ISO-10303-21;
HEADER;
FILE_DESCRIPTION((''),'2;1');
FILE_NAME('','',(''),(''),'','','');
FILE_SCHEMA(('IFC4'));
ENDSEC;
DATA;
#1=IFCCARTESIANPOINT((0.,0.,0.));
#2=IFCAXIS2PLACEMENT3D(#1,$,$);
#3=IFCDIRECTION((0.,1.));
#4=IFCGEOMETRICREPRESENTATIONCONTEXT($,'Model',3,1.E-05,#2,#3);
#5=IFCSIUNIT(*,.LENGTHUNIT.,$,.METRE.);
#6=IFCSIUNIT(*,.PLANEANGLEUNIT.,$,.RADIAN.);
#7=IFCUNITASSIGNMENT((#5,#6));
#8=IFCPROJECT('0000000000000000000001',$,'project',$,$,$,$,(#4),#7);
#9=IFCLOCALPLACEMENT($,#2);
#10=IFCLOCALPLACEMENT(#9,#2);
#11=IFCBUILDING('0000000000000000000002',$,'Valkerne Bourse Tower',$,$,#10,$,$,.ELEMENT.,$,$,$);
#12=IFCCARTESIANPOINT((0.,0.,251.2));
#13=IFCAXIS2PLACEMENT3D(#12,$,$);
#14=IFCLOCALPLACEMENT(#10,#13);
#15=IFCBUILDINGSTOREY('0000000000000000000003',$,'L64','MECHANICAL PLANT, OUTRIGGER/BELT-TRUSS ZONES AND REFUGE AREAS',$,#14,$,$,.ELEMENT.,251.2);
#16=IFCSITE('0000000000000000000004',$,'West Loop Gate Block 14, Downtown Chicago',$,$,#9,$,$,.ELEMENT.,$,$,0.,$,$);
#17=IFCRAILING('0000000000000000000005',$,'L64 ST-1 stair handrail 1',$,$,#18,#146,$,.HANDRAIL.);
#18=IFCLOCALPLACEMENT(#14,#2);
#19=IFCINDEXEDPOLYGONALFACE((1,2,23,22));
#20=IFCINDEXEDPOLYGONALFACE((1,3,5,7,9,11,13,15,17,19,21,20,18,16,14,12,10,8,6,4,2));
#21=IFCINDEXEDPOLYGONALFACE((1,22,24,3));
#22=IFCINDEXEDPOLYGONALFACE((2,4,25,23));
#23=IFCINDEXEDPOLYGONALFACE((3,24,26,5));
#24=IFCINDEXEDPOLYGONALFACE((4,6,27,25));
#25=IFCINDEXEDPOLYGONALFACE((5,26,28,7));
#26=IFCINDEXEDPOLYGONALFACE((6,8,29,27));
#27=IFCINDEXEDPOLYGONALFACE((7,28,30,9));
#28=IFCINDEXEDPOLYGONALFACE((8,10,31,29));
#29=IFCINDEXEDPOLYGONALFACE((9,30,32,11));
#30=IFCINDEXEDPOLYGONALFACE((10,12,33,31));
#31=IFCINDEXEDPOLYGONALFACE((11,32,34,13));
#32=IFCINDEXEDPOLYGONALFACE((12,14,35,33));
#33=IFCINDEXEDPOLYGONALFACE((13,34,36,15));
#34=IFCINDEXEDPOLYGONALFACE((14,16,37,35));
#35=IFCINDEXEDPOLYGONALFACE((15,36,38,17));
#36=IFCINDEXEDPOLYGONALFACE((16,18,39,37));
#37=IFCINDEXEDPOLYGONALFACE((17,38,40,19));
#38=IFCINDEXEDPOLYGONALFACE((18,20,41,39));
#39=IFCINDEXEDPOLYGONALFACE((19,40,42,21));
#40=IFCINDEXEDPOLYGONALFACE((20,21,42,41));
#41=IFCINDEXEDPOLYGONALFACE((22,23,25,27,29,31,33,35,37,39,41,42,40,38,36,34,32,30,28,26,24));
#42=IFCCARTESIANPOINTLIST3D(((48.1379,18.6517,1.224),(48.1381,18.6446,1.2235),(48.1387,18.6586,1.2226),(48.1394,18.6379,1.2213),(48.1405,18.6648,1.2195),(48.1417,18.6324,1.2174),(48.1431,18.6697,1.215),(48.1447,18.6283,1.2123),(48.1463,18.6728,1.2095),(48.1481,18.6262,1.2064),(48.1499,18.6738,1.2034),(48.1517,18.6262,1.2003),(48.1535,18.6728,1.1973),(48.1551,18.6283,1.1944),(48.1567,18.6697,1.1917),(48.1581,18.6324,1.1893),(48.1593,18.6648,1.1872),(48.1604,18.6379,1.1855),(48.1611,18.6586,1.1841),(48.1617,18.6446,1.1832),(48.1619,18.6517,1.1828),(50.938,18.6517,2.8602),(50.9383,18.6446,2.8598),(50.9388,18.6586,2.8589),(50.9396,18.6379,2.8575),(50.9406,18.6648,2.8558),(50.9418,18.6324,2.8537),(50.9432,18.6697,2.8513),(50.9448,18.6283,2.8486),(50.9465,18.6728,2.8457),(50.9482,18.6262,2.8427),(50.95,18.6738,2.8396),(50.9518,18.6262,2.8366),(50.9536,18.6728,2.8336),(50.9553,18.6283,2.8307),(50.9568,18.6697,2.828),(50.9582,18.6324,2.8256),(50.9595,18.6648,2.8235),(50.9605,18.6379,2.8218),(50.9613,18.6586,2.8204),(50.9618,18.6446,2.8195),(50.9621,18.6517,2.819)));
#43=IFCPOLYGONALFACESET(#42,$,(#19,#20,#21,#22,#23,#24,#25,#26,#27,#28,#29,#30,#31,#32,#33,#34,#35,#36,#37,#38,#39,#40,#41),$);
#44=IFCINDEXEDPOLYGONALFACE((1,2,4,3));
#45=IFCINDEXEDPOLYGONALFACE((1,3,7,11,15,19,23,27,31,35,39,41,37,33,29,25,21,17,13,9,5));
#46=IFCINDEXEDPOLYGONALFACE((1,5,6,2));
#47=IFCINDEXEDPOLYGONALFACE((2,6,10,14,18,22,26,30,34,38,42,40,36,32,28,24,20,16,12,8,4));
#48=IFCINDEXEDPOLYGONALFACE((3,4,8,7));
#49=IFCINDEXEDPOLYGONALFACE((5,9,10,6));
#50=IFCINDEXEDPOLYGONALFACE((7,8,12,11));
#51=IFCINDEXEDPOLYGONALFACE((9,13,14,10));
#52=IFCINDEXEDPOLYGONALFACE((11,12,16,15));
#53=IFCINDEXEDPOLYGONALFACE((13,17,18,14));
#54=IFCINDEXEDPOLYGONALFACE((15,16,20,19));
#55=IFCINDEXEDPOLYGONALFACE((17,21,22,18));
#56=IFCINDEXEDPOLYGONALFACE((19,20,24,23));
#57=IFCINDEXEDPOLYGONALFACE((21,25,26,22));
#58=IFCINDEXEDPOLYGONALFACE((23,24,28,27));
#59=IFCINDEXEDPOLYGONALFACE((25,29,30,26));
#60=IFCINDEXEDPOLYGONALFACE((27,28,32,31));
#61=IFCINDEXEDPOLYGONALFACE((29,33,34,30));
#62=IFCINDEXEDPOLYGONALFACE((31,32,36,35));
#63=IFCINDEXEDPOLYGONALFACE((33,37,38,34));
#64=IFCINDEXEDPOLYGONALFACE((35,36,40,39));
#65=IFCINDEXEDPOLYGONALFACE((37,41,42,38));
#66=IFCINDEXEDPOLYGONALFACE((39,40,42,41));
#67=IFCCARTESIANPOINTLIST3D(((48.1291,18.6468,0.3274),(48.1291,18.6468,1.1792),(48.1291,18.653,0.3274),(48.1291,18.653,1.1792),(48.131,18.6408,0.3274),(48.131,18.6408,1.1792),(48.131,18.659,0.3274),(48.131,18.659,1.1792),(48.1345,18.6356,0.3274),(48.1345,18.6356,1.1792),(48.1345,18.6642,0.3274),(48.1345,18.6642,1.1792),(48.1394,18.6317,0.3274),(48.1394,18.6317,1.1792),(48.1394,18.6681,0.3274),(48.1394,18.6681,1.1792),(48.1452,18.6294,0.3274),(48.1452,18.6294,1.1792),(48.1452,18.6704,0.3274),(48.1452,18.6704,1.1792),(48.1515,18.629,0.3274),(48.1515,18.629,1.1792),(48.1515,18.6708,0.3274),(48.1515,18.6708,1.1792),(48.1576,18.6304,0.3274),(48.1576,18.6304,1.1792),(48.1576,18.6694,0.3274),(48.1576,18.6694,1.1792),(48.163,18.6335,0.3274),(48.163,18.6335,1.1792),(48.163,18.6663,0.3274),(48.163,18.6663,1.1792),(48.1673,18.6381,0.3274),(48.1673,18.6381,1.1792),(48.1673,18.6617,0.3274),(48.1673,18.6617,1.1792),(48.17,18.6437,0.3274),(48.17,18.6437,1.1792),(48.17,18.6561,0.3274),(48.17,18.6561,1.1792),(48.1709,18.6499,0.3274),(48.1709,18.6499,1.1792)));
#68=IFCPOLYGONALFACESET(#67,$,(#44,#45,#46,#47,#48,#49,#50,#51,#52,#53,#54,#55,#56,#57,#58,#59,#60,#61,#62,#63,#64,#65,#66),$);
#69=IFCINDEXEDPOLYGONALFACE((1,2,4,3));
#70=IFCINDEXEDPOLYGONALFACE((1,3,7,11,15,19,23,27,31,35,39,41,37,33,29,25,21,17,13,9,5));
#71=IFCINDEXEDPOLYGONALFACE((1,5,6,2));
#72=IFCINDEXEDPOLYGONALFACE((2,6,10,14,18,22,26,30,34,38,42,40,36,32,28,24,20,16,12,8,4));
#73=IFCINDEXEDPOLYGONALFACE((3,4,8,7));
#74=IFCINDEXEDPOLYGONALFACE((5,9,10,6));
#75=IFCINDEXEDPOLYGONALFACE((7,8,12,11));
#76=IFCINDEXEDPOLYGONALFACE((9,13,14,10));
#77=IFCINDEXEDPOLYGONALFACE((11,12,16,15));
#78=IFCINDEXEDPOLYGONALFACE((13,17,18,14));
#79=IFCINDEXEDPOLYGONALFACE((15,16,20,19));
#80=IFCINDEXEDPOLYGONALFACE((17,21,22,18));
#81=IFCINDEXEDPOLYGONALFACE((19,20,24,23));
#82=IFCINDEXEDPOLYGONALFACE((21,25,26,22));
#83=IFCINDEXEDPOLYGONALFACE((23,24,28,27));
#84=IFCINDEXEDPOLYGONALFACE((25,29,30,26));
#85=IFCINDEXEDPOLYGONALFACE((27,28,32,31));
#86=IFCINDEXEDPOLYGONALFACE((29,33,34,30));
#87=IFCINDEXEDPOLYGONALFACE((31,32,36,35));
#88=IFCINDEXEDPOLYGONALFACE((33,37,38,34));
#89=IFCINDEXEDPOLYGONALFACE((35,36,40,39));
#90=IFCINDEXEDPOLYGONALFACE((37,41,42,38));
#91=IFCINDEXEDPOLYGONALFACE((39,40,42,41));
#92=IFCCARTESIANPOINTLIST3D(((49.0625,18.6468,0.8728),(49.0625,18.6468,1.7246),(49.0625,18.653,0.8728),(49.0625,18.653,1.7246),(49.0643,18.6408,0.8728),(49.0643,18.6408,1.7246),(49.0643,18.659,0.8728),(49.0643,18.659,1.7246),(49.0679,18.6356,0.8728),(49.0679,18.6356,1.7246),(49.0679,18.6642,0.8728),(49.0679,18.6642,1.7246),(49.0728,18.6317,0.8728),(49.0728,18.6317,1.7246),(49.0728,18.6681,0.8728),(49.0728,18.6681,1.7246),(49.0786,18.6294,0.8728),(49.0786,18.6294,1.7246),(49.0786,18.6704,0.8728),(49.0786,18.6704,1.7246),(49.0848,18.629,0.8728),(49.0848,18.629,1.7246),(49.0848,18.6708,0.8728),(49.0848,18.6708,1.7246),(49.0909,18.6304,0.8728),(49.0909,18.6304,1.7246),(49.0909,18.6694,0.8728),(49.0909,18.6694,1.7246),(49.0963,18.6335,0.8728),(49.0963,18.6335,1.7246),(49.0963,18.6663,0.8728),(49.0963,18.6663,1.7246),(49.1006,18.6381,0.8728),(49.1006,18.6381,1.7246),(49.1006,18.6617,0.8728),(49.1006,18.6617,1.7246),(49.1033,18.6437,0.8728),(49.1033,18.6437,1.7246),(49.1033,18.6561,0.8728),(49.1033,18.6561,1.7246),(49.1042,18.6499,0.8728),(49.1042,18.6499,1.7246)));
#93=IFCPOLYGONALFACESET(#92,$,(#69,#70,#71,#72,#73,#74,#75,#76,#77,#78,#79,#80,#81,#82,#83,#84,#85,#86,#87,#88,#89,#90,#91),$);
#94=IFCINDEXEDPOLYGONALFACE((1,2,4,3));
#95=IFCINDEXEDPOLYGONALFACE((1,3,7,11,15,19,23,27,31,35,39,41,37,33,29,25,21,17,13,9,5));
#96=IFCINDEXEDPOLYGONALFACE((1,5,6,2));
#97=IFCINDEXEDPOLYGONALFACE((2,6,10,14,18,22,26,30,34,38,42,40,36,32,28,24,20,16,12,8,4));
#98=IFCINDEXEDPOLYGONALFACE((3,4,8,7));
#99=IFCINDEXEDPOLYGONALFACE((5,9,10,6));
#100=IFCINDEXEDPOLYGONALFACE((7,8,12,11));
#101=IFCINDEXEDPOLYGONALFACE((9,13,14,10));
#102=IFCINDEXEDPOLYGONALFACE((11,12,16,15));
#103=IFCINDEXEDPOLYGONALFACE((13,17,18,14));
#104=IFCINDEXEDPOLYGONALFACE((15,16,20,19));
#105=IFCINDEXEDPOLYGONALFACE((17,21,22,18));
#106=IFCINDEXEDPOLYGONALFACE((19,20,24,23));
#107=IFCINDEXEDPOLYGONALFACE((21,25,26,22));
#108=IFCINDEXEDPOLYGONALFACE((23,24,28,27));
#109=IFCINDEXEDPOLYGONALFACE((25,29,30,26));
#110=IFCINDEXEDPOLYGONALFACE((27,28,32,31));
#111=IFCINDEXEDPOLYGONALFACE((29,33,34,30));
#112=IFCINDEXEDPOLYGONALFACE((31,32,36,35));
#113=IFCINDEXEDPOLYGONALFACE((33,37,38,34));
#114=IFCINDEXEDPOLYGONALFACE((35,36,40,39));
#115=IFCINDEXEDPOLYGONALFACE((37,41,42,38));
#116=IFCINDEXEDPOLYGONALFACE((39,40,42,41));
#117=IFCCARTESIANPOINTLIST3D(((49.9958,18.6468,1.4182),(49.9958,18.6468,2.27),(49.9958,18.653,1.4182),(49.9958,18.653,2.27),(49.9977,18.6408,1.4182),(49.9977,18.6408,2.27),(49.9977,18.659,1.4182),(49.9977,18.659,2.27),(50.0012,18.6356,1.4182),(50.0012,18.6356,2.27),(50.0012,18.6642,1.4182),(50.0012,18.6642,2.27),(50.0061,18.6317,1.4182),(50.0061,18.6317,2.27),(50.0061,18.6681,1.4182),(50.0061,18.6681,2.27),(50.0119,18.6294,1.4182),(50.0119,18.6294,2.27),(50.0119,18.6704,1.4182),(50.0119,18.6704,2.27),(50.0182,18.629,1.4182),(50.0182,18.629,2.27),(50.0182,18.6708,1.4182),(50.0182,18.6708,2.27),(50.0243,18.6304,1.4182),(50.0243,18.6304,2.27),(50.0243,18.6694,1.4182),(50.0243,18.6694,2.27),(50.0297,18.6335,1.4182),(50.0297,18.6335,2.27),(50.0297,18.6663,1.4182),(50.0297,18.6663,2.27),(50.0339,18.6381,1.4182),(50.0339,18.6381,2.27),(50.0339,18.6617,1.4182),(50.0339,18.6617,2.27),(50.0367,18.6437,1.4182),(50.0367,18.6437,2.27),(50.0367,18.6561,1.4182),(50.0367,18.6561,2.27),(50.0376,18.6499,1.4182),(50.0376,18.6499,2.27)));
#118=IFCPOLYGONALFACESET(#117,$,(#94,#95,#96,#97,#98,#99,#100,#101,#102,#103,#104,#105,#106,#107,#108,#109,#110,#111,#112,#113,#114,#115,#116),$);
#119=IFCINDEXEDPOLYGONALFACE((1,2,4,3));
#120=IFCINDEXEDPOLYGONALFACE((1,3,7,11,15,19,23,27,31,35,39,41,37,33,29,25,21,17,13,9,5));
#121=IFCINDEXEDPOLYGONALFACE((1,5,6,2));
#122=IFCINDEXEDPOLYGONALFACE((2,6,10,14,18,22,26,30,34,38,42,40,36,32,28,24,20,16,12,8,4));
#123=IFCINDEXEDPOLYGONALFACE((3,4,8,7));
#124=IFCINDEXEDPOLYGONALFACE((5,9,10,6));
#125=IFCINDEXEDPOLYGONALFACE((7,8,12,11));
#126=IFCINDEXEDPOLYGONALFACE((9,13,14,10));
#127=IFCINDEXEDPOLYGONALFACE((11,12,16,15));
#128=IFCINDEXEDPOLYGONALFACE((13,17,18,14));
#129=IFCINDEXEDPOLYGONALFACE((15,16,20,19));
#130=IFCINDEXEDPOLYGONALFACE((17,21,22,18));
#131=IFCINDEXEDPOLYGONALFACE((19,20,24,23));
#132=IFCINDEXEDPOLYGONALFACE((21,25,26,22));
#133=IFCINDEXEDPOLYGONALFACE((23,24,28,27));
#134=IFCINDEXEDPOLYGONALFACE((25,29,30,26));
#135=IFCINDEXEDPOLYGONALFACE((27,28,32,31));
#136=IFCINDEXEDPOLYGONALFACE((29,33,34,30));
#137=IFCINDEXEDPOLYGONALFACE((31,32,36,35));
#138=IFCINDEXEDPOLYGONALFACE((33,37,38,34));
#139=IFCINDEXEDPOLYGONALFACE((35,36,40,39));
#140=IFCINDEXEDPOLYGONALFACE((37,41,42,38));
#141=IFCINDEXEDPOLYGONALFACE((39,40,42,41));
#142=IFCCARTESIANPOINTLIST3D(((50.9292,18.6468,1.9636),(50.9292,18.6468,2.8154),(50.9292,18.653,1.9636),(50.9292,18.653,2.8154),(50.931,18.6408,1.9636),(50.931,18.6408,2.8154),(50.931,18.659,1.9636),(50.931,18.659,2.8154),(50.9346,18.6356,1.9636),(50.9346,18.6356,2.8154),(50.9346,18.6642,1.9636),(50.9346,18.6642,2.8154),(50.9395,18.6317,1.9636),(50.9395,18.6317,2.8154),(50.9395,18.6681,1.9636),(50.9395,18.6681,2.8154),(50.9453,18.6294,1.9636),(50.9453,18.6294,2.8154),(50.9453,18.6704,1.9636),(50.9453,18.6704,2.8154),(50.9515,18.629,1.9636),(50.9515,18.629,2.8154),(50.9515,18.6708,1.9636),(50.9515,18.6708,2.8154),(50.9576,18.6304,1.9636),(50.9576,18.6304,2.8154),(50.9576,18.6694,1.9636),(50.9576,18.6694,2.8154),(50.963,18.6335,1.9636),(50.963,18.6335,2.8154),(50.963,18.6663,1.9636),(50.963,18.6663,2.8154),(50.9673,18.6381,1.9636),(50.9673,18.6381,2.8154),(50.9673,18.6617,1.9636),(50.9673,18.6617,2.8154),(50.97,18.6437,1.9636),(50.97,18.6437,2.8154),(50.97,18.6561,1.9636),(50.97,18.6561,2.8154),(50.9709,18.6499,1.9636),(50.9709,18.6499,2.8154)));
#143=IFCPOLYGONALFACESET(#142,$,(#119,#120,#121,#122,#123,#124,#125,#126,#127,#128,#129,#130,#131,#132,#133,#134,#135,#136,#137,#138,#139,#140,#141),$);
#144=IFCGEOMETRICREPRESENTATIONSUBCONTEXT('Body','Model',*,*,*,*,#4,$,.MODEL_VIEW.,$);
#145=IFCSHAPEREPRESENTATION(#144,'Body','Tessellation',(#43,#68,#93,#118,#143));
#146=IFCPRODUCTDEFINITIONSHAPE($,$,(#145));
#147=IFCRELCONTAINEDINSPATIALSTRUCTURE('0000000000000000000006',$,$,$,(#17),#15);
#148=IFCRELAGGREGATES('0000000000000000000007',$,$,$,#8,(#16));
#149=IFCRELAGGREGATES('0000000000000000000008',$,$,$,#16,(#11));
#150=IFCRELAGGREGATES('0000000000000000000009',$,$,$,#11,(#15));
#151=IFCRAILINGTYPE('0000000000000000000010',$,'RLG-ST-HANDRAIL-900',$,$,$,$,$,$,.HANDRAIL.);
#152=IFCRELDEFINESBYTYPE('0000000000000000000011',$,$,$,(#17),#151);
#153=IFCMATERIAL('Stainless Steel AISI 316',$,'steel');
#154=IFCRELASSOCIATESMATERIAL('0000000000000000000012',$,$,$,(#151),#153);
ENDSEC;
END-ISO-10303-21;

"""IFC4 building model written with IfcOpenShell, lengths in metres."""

from ifc_helpers import new_model, si_unit, direction, frame, origin, origin_2d, place, context, subcontext, project, spatial, circle, extrude, material, type_object, element, save


model = new_model("IFC4")

# Units and contexts
model_context = context("Model", 3, precision=1e-05, world=origin(), true_north=direction((0.0, 1.0)))
body_context = subcontext(model_context, "Body", "Model", "MODEL_VIEW")
ifc_project = project(units=[si_unit("LENGTHUNIT", "METRE"), si_unit("PLANEANGLEUNIT", "RADIAN")], contexts=[model_context])

# Site, building, storey
site_placement = place(None, origin())
site = spatial("IfcSite", under=ifc_project, at=site_placement, Name="West Loop Gate Block 14, Downtown Chicago", CompositionType="ELEMENT", RefElevation=0.0)
building_placement = place(site_placement, origin())
building = spatial("IfcBuilding", under=site, at=building_placement, Name="Valkerne Bourse Tower", CompositionType="ELEMENT")
storey_placement = place(building_placement, frame((0.0, 0.0, 251.2)))
storey = spatial("IfcBuildingStorey", under=building, at=storey_placement, Name="L64", Description="MECHANICAL PLANT, OUTRIGGER/BELT-TRUSS ZONES AND REFUGE AREAS", CompositionType="ELEMENT", Elevation=251.2)

# Railing
ifc_material_1 = material(Name="Stainless Steel AISI 316", Category="steel")
railing_type_1 = type_object("IfcRailingType", Name="RLG-ST-HANDRAIL-900", PredefinedType="HANDRAIL", material=ifc_material_1)
railing_1_placement = place(storey_placement, frame((48.1499, 18.6499, 0.3274)))
element("IfcRailing", 1, at=railing_1_placement, inside=storey, type_object=railing_type_1, Name="L64 ST-1 stair handrail 1", PredefinedType="HANDRAIL", context=body_context, shape_type="SweptSolid", body=[
    extrude(circle(Radius=0.0239, at=origin_2d()), frame((0.0, 0.0, 0.876), z_axis=(0.863394, 0.0, 0.504531), x_axis=(0.0, 1.0, 0.0)), (0.0, 0.0, 1.0), 3.2432),
    extrude(circle(Radius=0.021, at=origin_2d()), origin(), (0.0, 0.0, 1.0), 0.8518),
    extrude(circle(Radius=0.021, at=origin_2d()), frame((0.9333, 0.0, 0.5454)), (0.0, 0.0, 1.0), 0.8518),
    extrude(circle(Radius=0.021, at=origin_2d()), frame((1.8667, 0.0, 1.0908)), (0.0, 0.0, 1.0), 0.8518),
    extrude(circle(Radius=0.021, at=origin_2d()), frame((2.8, 0.0, 1.6362)), (0.0, 0.0, 1.0), 0.8518),
])

save(model, "model.ifc")
